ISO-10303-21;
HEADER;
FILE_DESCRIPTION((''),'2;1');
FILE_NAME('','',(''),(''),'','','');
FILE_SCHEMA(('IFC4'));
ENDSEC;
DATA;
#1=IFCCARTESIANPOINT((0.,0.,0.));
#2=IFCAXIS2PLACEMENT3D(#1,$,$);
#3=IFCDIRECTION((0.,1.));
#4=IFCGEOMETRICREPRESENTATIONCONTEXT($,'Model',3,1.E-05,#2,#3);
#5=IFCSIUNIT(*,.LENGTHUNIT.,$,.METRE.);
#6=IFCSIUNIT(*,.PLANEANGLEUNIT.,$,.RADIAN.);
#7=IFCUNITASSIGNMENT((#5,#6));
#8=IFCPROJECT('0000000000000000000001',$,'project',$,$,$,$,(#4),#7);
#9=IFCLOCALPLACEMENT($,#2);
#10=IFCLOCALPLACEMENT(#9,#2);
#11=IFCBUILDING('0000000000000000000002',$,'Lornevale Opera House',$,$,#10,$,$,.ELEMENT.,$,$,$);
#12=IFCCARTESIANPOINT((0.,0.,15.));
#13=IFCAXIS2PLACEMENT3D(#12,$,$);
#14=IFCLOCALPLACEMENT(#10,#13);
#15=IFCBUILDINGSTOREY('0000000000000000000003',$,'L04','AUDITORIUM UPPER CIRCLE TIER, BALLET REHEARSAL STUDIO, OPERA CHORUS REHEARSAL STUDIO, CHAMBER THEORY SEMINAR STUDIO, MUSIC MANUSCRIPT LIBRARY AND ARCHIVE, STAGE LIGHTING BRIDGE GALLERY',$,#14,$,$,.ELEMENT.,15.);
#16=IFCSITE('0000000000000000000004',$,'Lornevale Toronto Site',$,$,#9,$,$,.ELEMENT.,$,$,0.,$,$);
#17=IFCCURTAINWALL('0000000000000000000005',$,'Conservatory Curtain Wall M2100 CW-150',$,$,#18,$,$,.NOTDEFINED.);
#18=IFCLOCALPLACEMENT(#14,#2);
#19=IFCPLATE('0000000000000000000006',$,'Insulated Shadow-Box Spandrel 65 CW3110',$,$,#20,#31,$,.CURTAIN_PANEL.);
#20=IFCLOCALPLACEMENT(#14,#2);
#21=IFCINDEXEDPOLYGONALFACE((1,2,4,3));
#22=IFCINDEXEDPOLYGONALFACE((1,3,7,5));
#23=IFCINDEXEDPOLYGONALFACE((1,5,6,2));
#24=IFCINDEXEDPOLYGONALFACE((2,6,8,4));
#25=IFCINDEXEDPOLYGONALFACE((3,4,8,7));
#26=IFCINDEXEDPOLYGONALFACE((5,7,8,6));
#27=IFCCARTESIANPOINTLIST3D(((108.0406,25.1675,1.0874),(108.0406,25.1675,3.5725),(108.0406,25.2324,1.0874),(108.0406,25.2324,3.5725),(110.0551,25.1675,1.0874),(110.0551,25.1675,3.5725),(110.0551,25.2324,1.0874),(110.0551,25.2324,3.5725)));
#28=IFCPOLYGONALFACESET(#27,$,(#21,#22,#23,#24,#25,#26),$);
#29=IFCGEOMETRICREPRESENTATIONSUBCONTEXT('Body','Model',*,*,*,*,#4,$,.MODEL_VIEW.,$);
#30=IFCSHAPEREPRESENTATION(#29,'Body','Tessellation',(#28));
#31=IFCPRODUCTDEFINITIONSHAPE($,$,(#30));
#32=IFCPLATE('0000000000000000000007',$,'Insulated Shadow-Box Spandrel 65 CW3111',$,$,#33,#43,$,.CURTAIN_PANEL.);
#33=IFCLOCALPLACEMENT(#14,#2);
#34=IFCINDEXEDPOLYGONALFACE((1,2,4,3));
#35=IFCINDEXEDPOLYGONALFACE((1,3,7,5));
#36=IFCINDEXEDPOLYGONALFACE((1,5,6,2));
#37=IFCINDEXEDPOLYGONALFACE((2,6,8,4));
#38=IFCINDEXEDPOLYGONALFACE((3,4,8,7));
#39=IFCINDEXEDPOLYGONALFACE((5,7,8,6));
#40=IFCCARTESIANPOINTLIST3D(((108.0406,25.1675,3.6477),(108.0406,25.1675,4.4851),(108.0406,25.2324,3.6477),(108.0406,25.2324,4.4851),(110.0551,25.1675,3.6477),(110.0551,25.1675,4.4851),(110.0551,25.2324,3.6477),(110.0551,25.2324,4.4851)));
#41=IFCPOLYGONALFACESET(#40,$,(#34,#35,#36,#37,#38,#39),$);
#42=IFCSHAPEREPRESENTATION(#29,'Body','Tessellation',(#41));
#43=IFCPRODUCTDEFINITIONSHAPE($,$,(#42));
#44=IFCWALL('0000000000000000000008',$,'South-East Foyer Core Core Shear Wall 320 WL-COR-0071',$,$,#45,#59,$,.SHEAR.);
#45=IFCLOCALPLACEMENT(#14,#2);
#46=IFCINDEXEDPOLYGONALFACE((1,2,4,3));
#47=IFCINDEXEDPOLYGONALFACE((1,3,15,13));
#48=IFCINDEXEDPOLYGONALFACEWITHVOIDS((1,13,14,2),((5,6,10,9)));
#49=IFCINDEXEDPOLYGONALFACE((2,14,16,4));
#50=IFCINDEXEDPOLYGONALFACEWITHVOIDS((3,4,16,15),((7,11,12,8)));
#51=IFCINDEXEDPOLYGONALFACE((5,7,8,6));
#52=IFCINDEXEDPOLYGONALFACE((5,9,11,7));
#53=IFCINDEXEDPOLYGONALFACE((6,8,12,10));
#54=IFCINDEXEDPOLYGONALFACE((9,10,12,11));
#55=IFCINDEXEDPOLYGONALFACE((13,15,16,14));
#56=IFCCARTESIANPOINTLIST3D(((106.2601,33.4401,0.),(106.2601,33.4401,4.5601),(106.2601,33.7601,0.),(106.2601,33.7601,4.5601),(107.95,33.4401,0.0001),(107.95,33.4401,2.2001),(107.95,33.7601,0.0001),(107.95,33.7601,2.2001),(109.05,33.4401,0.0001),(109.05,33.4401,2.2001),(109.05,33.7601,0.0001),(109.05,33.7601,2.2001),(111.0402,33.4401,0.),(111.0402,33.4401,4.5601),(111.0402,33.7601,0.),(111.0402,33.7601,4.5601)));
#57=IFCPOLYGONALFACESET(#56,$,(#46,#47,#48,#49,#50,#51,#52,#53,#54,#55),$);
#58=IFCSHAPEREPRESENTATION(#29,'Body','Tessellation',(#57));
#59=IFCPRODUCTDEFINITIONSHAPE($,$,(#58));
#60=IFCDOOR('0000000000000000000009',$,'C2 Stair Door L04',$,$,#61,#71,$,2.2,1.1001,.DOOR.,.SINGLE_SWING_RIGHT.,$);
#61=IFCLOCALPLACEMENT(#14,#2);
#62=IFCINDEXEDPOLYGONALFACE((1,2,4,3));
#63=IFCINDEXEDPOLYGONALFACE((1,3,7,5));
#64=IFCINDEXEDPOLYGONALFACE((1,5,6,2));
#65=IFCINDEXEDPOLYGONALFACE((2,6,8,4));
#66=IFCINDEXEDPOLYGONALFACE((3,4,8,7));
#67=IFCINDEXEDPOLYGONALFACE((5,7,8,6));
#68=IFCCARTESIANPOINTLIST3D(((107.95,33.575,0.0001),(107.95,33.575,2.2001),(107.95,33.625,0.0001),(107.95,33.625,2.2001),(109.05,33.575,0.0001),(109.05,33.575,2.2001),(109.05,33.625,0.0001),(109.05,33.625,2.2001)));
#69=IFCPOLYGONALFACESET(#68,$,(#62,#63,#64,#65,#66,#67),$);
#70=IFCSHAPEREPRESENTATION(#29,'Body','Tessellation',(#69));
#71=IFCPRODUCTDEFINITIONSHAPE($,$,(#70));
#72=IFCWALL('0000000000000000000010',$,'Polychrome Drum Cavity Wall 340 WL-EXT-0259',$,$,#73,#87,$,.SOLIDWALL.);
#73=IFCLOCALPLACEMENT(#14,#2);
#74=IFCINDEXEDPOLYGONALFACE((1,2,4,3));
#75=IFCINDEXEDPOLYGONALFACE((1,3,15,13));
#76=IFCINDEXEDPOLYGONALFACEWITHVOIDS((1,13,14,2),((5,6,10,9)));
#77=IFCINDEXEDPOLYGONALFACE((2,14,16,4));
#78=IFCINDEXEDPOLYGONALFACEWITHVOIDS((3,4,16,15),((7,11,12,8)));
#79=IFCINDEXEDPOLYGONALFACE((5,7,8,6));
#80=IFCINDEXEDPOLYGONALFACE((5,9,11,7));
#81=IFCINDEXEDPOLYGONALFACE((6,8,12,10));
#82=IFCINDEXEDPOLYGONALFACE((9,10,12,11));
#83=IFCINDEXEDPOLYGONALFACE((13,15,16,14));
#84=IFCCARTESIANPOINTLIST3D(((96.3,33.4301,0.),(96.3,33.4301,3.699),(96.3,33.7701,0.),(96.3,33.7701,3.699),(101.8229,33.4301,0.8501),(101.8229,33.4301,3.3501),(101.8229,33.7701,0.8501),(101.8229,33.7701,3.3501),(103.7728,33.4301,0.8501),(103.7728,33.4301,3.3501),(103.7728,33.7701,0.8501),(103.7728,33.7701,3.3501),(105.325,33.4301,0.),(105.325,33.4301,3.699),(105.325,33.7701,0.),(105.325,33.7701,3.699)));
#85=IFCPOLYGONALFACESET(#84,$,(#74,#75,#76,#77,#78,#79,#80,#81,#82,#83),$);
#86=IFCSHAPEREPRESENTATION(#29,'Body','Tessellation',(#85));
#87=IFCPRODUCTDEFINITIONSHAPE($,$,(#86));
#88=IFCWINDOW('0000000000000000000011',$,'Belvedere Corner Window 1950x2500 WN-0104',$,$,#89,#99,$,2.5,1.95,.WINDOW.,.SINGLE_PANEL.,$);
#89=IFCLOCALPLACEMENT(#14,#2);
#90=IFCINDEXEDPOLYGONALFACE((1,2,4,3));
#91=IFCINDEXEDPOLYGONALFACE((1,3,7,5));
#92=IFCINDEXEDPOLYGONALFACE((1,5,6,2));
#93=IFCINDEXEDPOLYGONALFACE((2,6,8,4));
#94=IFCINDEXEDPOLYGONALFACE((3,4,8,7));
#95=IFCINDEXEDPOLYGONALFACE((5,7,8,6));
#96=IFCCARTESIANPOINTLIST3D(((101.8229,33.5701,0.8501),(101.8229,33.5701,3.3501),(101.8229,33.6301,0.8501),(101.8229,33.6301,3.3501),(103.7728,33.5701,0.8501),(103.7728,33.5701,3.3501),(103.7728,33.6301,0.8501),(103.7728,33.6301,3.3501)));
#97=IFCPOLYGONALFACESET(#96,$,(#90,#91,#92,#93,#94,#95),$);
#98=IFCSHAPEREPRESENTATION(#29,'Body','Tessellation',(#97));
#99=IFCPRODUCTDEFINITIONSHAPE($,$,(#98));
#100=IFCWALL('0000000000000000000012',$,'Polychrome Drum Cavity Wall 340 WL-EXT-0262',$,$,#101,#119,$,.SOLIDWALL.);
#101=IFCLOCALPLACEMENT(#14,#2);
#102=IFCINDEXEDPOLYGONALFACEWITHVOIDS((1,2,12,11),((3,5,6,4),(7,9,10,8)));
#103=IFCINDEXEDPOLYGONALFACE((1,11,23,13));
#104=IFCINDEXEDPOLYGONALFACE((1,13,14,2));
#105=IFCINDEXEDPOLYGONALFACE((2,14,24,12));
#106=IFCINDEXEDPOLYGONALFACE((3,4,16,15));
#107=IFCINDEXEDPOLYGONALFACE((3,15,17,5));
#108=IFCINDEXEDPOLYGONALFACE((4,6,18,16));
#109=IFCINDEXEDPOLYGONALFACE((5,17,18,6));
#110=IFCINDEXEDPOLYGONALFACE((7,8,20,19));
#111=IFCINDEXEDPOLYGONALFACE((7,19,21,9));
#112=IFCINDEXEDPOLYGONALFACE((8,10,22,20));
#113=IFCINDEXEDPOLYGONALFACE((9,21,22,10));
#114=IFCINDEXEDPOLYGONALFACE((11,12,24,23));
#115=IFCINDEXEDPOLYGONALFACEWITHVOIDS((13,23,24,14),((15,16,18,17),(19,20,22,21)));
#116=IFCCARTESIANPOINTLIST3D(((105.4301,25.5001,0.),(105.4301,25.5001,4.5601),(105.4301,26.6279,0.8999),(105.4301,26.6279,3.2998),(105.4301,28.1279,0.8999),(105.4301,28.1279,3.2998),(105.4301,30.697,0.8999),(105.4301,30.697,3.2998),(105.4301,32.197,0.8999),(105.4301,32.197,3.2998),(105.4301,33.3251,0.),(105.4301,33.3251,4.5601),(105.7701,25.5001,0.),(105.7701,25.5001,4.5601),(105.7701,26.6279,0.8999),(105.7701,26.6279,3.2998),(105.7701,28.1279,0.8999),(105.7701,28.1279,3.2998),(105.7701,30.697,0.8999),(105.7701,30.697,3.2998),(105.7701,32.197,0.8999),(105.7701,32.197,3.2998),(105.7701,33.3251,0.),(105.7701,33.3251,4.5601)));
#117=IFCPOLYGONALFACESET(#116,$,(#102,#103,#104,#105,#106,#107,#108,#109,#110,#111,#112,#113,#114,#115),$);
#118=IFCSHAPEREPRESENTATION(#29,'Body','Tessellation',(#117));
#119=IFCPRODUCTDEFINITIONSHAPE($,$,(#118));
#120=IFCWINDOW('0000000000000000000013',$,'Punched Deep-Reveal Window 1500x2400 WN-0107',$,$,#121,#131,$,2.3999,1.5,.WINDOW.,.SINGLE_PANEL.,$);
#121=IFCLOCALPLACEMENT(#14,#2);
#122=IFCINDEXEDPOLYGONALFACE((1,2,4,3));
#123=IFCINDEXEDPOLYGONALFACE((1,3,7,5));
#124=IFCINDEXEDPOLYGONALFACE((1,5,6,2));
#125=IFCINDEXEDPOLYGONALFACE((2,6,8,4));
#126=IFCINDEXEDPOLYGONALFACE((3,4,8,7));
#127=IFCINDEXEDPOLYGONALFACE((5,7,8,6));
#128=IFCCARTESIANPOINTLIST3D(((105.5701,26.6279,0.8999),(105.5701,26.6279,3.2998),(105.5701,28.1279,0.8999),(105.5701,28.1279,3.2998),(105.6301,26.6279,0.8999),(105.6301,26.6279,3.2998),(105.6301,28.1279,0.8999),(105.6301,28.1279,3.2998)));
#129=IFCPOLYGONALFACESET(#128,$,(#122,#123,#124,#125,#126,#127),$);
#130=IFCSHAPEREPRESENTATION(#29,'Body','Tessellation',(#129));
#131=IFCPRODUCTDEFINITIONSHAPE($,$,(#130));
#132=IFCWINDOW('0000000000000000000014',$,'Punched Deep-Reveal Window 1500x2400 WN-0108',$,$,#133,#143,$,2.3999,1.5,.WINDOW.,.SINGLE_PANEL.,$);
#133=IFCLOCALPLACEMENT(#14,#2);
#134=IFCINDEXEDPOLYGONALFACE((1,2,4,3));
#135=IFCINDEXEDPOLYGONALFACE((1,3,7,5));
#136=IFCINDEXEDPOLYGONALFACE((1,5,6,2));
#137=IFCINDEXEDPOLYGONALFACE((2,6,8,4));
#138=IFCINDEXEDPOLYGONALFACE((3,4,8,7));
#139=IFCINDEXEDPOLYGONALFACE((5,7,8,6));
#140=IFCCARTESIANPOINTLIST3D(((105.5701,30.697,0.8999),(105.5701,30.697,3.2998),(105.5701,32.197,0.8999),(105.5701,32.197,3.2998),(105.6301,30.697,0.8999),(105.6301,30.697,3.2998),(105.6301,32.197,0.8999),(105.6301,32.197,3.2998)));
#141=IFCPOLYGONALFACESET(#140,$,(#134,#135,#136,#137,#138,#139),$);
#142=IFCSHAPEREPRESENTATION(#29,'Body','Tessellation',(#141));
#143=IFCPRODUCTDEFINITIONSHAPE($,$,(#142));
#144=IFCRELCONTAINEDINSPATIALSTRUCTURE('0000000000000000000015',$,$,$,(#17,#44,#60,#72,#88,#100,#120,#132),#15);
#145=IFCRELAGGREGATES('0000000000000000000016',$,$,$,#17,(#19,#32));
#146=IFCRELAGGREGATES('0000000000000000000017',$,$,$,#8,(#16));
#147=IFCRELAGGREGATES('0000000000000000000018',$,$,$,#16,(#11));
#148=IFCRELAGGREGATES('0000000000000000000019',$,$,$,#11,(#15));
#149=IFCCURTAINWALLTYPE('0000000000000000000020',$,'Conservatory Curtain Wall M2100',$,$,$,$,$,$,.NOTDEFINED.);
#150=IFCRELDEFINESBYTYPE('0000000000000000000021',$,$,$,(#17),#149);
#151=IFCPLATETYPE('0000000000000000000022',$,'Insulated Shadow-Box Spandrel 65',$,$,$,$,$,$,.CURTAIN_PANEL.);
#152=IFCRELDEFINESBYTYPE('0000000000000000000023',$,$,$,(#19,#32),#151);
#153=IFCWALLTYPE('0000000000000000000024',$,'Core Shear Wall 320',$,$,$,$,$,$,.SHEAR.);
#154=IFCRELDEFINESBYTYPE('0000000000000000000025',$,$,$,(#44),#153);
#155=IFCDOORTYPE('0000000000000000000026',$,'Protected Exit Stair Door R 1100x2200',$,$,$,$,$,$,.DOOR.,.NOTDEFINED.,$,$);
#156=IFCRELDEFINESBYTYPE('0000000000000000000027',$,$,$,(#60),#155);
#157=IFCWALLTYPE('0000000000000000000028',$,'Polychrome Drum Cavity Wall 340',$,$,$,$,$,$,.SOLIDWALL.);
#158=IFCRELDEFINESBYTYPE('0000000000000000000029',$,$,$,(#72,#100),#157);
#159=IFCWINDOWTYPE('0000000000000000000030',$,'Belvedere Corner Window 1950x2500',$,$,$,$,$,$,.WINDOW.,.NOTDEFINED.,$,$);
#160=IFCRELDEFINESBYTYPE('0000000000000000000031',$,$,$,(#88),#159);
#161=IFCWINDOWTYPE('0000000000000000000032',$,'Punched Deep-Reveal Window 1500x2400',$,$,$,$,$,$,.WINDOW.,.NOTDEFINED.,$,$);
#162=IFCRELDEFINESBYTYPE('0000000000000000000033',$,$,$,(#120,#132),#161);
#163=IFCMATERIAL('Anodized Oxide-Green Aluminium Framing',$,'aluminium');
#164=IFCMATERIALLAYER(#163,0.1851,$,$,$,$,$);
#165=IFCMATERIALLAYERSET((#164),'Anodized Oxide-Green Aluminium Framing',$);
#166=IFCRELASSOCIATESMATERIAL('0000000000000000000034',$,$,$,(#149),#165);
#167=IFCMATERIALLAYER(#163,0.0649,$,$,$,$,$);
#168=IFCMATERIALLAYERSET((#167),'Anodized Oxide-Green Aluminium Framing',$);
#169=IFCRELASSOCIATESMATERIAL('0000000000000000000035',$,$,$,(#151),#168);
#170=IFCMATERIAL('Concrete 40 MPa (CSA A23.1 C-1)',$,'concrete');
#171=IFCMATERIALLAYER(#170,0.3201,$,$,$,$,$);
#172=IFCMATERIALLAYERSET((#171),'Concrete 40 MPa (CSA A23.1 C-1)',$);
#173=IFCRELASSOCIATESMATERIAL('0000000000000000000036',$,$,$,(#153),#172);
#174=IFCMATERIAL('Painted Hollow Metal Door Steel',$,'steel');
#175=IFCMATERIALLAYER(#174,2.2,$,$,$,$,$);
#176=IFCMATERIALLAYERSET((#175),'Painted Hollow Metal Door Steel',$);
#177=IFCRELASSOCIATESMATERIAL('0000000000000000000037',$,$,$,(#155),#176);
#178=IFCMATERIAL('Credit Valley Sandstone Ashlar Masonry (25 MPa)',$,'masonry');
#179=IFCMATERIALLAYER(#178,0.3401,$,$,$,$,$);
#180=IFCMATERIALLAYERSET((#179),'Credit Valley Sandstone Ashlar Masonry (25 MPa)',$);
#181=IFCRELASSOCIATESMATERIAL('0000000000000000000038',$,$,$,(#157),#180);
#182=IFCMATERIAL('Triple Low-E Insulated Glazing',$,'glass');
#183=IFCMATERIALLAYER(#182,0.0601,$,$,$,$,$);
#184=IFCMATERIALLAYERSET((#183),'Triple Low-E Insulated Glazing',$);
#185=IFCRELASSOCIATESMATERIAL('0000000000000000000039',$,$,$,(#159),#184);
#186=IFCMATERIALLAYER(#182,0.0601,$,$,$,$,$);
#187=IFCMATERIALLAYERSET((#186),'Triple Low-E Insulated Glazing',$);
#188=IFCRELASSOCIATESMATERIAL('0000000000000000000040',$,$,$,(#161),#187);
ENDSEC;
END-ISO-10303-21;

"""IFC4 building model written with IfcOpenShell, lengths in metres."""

from ifc_helpers import new_model, si_unit, direction, frame, frame_2d, origin, origin_2d, place, context, subcontext, project, spatial, rectangle, extrude, material, layer, layer_set, type_object, element, fill, aggregate, save


model = new_model("IFC4")

# Units and contexts
model_context = context("Model", 3, precision=1e-05, world=origin(), true_north=direction((0.0, 1.0)))
body_context = subcontext(model_context, "Body", "Model", "MODEL_VIEW")
ifc_project = project(units=[si_unit("LENGTHUNIT", "METRE"), si_unit("PLANEANGLEUNIT", "RADIAN")], contexts=[model_context])

# Site, building, storey
site_placement = place(None, origin())
site = spatial("IfcSite", under=ifc_project, at=site_placement, Name="Lornevale Toronto Site", CompositionType="ELEMENT", RefElevation=0.0)
building_placement = place(site_placement, origin())
building = spatial("IfcBuilding", under=site, at=building_placement, Name="Lornevale Opera House", CompositionType="ELEMENT")
storey_placement = place(building_placement, frame((0.0, 0.0, 15.0)))
storey = spatial("IfcBuildingStorey", under=building, at=storey_placement, Name="L04", Description="AUDITORIUM UPPER CIRCLE TIER, BALLET REHEARSAL STUDIO, OPERA CHORUS REHEARSAL STUDIO, CHAMBER THEORY SEMINAR STUDIO, MUSIC MANUSCRIPT LIBRARY AND ARCHIVE, STAGE LIGHTING BRIDGE GALLERY", CompositionType="ELEMENT", Elevation=15.0)

# Curtain wall
ifc_material_1 = material(Name="Anodized Oxide-Green Aluminium Framing", Category="aluminium")
ifc_layer_1 = layer(ifc_material_1, 0.1851)
ifc_layer_set_1 = layer_set([ifc_layer_1], Name="Anodized Oxide-Green Aluminium Framing")
curtain_wall_type = type_object("IfcCurtainWallType", Name="Conservatory Curtain Wall M2100", PredefinedType="NOTDEFINED", material=ifc_layer_set_1)
curtain_wall_placement = place(storey_placement, origin())
curtain_wall = element("IfcCurtainWall", 1, at=curtain_wall_placement, inside=storey, type_object=curtain_wall_type, Name="Conservatory Curtain Wall M2100 CW-150", PredefinedType="NOTDEFINED")

# Plates
ifc_layer_2 = layer(ifc_material_1, 0.0649)
ifc_layer_set_2 = layer_set([ifc_layer_2], Name="Anodized Oxide-Green Aluminium Framing")
plate_type = type_object("IfcPlateType", Name="Insulated Shadow-Box Spandrel 65", PredefinedType="CURTAIN_PANEL", material=ifc_layer_set_2)
plate_1_placement = place(storey_placement, frame((109.0479, 25.2, 1.0874), z_axis=(0.0, 0.0, 1.0), x_axis=(-1.0, 0.0, 0.0)))
plate_1 = element("IfcPlate", 2, at=plate_1_placement, type_object=plate_type, Name="Insulated Shadow-Box Spandrel 65 CW3110", PredefinedType="CURTAIN_PANEL", context=body_context, shape_type="SweptSolid", body=[
    extrude(rectangle(XDim=2.0144, YDim=0.0649, at=origin_2d()), origin(), (0.0, 0.0, 1.0), 2.4851),
])
plate_2_placement = place(storey_placement, frame((109.0479, 25.2, 3.6477), z_axis=(0.0, 0.0, 1.0), x_axis=(-1.0, 0.0, 0.0)))
plate_2 = element("IfcPlate", 3, at=plate_2_placement, type_object=plate_type, Name="Insulated Shadow-Box Spandrel 65 CW3111", PredefinedType="CURTAIN_PANEL", context=body_context, shape_type="SweptSolid", body=[
    extrude(rectangle(XDim=2.0144, YDim=0.0649, at=origin_2d()), origin(), (0.0, 0.0, 1.0), 0.8374),
])
aggregate(curtain_wall, [plate_1, plate_2])

# Wall, opening, door
ifc_material_2 = material(Name="Concrete 40 MPa (CSA A23.1 C-1)", Category="concrete")
ifc_layer_3 = layer(ifc_material_2, 0.3201)
ifc_layer_set_3 = layer_set([ifc_layer_3], Name="Concrete 40 MPa (CSA A23.1 C-1)")
wall_type_1 = type_object("IfcWallType", Name="Core Shear Wall 320", PredefinedType="SHEAR", material=ifc_layer_set_3)
wall_1_placement = place(storey_placement, frame((106.26, 33.6001, 0.0), z_axis=(0.0, 0.0, 1.0), x_axis=(1.0, 0.0, 0.0)))
wall_1 = element("IfcWall", 4, at=wall_1_placement, inside=storey, type_object=wall_type_1, Name="South-East Foyer Core Core Shear Wall 320 WL-COR-0071", PredefinedType="SHEAR", context=body_context, shape_type="SweptSolid", body=[
    extrude(rectangle(XDim=4.78, YDim=0.3201, at=frame_2d((2.3901, 0.0))), origin(), (0.0, 0.0, 1.0), 4.5601),
])
opening_1_placement = place(wall_1_placement, frame((1.6899, 0.0, 0.0)))
opening_1 = element("IfcOpeningElement", 5, at=opening_1_placement, cuts=wall_1, PredefinedType="OPENING", context=body_context, shape_type="SweptSolid", body=[
    extrude(rectangle(XDim=1.1001, YDim=2.2, at=frame_2d((0.55, 1.1001))), frame((0.0, 0.1699, 0.0), z_axis=(0.0, -1.0, 0.0), x_axis=(1.0, 0.0, 0.0)), (0.0, 0.0, 1.0), 0.3401),
])
ifc_material_3 = material(Name="Painted Hollow Metal Door Steel", Category="steel")
ifc_layer_4 = layer(ifc_material_3, 2.2)
ifc_layer_set_4 = layer_set([ifc_layer_4], Name="Painted Hollow Metal Door Steel")
door_type_1 = type_object("IfcDoorType", Name="Protected Exit Stair Door R 1100x2200", OperationType="NOTDEFINED", PredefinedType="DOOR", material=ifc_layer_set_4)
door_1_placement = place(opening_1_placement, origin())
door_1 = element("IfcDoor", 6, at=door_1_placement, inside=storey, type_object=door_type_1, Name="C2 Stair Door L04", OperationType="SINGLE_SWING_RIGHT", OverallHeight=2.2, OverallWidth=1.1001, PredefinedType="DOOR", context=body_context, shape_type="SweptSolid", body=[
    extrude(rectangle(XDim=1.1001, YDim=2.2, at=frame_2d((0.55, 1.1001))), frame((0.0, 0.0249, 0.0), z_axis=(0.0, -1.0, 0.0), x_axis=(1.0, 0.0, 0.0)), (0.0, 0.0, 1.0), 0.05),
])
fill(opening_1, door_1)

# Wall, opening, window
ifc_material_4 = material(Name="Credit Valley Sandstone Ashlar Masonry (25 MPa)", Category="masonry")
ifc_layer_5 = layer(ifc_material_4, 0.3401)
ifc_layer_set_5 = layer_set([ifc_layer_5], Name="Credit Valley Sandstone Ashlar Masonry (25 MPa)")
wall_type_2 = type_object("IfcWallType", Name="Polychrome Drum Cavity Wall 340", PredefinedType="SOLIDWALL", material=ifc_layer_set_5)
wall_2_placement = place(storey_placement, frame((105.325, 33.6001, 0.0), z_axis=(0.0, 0.0, 1.0), x_axis=(-1.0, 0.0, 0.0)))
wall_2 = element("IfcWall", 7, at=wall_2_placement, inside=storey, type_object=wall_type_2, Name="Polychrome Drum Cavity Wall 340 WL-EXT-0259", PredefinedType="SOLIDWALL", context=body_context, shape_type="SweptSolid", body=[
    extrude(rectangle(XDim=9.0249, YDim=0.3401, at=frame_2d((4.5125, 0.0))), origin(), (0.0, 0.0, 1.0), 3.699),
])
opening_2_placement = place(wall_2_placement, frame((1.552, 0.0, 0.8501)))
opening_2 = element("IfcOpeningElement", 8, at=opening_2_placement, cuts=wall_2, PredefinedType="OPENING", context=body_context, shape_type="SweptSolid", body=[
    extrude(rectangle(XDim=1.95, YDim=2.5, at=frame_2d((0.9751, 1.25))), frame((0.0, 0.1799, 0.0), z_axis=(0.0, -1.0, 0.0), x_axis=(1.0, 0.0, 0.0)), (0.0, 0.0, 1.0), 0.3601),
])
ifc_material_5 = material(Name="Triple Low-E Insulated Glazing", Category="glass")
ifc_layer_6 = layer(ifc_material_5, 0.0601)
ifc_layer_set_6 = layer_set([ifc_layer_6], Name="Triple Low-E Insulated Glazing")
window_type_1 = type_object("IfcWindowType", Name="Belvedere Corner Window 1950x2500", PartitioningType="NOTDEFINED", PredefinedType="WINDOW", material=ifc_layer_set_6)
window_1_placement = place(opening_2_placement, origin())
window_1 = element("IfcWindow", 9, at=window_1_placement, inside=storey, type_object=window_type_1, Name="Belvedere Corner Window 1950x2500 WN-0104", OverallHeight=2.5, OverallWidth=1.95, PartitioningType="SINGLE_PANEL", PredefinedType="WINDOW", context=body_context, shape_type="SweptSolid", body=[
    extrude(rectangle(XDim=1.95, YDim=2.5, at=frame_2d((0.9751, 1.25))), frame((0.0, 0.03, 0.0), z_axis=(0.0, -1.0, 0.0), x_axis=(1.0, 0.0, 0.0)), (0.0, 0.0, 1.0), 0.0601),
])
fill(opening_2, window_1)

# Wall, openings, windows
wall_3_placement = place(storey_placement, frame((105.6001, 25.5, 0.0), z_axis=(0.0, 0.0, 1.0), x_axis=(0.0, 1.0, 0.0)))
wall_3 = element("IfcWall", 10, at=wall_3_placement, inside=storey, type_object=wall_type_2, Name="Polychrome Drum Cavity Wall 340 WL-EXT-0262", PredefinedType="SOLIDWALL", context=body_context, shape_type="SweptSolid", body=[
    extrude(rectangle(XDim=7.825, YDim=0.3401, at=frame_2d((3.9126, 0.0))), origin(), (0.0, 0.0, 1.0), 4.5601),
])
opening_3_placement = place(wall_3_placement, frame((1.1279, 0.0, 0.8999)))
opening_3 = element("IfcOpeningElement", 11, at=opening_3_placement, cuts=wall_3, PredefinedType="OPENING", context=body_context, shape_type="SweptSolid", body=[
    extrude(rectangle(XDim=1.5, YDim=2.3999, at=frame_2d((0.75, 1.2))), frame((0.0, 0.1799, 0.0), z_axis=(0.0, -1.0, 0.0), x_axis=(1.0, 0.0, 0.0)), (0.0, 0.0, 1.0), 0.3601),
])
opening_4_placement = place(wall_3_placement, frame((5.197, 0.0, 0.8999)))
opening_4 = element("IfcOpeningElement", 12, at=opening_4_placement, cuts=wall_3, PredefinedType="OPENING", context=body_context, shape_type="SweptSolid", body=[
    extrude(rectangle(XDim=1.5, YDim=2.3999, at=frame_2d((0.75, 1.2))), frame((0.0, 0.1799, 0.0), z_axis=(0.0, -1.0, 0.0), x_axis=(1.0, 0.0, 0.0)), (0.0, 0.0, 1.0), 0.3601),
])
ifc_layer_7 = layer(ifc_material_5, 0.0601)
ifc_layer_set_7 = layer_set([ifc_layer_7], Name="Triple Low-E Insulated Glazing")
window_type_2 = type_object("IfcWindowType", Name="Punched Deep-Reveal Window 1500x2400", PartitioningType="NOTDEFINED", PredefinedType="WINDOW", material=ifc_layer_set_7)
window_2_placement = place(opening_3_placement, origin())
window_2 = element("IfcWindow", 13, at=window_2_placement, inside=storey, type_object=window_type_2, Name="Punched Deep-Reveal Window 1500x2400 WN-0107", OverallHeight=2.3999, OverallWidth=1.5, PartitioningType="SINGLE_PANEL", PredefinedType="WINDOW", context=body_context, shape_type="SweptSolid", body=[
    extrude(rectangle(XDim=1.5, YDim=2.3999, at=frame_2d((0.75, 1.2))), frame((0.0, 0.03, 0.0), z_axis=(0.0, -1.0, 0.0), x_axis=(1.0, 0.0, 0.0)), (0.0, 0.0, 1.0), 0.0601),
])
fill(opening_3, window_2)
window_3_placement = place(opening_4_placement, origin())
window_3 = element("IfcWindow", 14, at=window_3_placement, inside=storey, type_object=window_type_2, Name="Punched Deep-Reveal Window 1500x2400 WN-0108", OverallHeight=2.3999, OverallWidth=1.5, PartitioningType="SINGLE_PANEL", PredefinedType="WINDOW", context=body_context, shape_type="SweptSolid", body=[
    extrude(rectangle(XDim=1.5, YDim=2.3999, at=frame_2d((0.75, 1.2))), frame((0.0, 0.03, 0.0), z_axis=(0.0, -1.0, 0.0), x_axis=(1.0, 0.0, 0.0)), (0.0, 0.0, 1.0), 0.0601),
])
fill(opening_4, window_3)

save(model, "model.ifc")
